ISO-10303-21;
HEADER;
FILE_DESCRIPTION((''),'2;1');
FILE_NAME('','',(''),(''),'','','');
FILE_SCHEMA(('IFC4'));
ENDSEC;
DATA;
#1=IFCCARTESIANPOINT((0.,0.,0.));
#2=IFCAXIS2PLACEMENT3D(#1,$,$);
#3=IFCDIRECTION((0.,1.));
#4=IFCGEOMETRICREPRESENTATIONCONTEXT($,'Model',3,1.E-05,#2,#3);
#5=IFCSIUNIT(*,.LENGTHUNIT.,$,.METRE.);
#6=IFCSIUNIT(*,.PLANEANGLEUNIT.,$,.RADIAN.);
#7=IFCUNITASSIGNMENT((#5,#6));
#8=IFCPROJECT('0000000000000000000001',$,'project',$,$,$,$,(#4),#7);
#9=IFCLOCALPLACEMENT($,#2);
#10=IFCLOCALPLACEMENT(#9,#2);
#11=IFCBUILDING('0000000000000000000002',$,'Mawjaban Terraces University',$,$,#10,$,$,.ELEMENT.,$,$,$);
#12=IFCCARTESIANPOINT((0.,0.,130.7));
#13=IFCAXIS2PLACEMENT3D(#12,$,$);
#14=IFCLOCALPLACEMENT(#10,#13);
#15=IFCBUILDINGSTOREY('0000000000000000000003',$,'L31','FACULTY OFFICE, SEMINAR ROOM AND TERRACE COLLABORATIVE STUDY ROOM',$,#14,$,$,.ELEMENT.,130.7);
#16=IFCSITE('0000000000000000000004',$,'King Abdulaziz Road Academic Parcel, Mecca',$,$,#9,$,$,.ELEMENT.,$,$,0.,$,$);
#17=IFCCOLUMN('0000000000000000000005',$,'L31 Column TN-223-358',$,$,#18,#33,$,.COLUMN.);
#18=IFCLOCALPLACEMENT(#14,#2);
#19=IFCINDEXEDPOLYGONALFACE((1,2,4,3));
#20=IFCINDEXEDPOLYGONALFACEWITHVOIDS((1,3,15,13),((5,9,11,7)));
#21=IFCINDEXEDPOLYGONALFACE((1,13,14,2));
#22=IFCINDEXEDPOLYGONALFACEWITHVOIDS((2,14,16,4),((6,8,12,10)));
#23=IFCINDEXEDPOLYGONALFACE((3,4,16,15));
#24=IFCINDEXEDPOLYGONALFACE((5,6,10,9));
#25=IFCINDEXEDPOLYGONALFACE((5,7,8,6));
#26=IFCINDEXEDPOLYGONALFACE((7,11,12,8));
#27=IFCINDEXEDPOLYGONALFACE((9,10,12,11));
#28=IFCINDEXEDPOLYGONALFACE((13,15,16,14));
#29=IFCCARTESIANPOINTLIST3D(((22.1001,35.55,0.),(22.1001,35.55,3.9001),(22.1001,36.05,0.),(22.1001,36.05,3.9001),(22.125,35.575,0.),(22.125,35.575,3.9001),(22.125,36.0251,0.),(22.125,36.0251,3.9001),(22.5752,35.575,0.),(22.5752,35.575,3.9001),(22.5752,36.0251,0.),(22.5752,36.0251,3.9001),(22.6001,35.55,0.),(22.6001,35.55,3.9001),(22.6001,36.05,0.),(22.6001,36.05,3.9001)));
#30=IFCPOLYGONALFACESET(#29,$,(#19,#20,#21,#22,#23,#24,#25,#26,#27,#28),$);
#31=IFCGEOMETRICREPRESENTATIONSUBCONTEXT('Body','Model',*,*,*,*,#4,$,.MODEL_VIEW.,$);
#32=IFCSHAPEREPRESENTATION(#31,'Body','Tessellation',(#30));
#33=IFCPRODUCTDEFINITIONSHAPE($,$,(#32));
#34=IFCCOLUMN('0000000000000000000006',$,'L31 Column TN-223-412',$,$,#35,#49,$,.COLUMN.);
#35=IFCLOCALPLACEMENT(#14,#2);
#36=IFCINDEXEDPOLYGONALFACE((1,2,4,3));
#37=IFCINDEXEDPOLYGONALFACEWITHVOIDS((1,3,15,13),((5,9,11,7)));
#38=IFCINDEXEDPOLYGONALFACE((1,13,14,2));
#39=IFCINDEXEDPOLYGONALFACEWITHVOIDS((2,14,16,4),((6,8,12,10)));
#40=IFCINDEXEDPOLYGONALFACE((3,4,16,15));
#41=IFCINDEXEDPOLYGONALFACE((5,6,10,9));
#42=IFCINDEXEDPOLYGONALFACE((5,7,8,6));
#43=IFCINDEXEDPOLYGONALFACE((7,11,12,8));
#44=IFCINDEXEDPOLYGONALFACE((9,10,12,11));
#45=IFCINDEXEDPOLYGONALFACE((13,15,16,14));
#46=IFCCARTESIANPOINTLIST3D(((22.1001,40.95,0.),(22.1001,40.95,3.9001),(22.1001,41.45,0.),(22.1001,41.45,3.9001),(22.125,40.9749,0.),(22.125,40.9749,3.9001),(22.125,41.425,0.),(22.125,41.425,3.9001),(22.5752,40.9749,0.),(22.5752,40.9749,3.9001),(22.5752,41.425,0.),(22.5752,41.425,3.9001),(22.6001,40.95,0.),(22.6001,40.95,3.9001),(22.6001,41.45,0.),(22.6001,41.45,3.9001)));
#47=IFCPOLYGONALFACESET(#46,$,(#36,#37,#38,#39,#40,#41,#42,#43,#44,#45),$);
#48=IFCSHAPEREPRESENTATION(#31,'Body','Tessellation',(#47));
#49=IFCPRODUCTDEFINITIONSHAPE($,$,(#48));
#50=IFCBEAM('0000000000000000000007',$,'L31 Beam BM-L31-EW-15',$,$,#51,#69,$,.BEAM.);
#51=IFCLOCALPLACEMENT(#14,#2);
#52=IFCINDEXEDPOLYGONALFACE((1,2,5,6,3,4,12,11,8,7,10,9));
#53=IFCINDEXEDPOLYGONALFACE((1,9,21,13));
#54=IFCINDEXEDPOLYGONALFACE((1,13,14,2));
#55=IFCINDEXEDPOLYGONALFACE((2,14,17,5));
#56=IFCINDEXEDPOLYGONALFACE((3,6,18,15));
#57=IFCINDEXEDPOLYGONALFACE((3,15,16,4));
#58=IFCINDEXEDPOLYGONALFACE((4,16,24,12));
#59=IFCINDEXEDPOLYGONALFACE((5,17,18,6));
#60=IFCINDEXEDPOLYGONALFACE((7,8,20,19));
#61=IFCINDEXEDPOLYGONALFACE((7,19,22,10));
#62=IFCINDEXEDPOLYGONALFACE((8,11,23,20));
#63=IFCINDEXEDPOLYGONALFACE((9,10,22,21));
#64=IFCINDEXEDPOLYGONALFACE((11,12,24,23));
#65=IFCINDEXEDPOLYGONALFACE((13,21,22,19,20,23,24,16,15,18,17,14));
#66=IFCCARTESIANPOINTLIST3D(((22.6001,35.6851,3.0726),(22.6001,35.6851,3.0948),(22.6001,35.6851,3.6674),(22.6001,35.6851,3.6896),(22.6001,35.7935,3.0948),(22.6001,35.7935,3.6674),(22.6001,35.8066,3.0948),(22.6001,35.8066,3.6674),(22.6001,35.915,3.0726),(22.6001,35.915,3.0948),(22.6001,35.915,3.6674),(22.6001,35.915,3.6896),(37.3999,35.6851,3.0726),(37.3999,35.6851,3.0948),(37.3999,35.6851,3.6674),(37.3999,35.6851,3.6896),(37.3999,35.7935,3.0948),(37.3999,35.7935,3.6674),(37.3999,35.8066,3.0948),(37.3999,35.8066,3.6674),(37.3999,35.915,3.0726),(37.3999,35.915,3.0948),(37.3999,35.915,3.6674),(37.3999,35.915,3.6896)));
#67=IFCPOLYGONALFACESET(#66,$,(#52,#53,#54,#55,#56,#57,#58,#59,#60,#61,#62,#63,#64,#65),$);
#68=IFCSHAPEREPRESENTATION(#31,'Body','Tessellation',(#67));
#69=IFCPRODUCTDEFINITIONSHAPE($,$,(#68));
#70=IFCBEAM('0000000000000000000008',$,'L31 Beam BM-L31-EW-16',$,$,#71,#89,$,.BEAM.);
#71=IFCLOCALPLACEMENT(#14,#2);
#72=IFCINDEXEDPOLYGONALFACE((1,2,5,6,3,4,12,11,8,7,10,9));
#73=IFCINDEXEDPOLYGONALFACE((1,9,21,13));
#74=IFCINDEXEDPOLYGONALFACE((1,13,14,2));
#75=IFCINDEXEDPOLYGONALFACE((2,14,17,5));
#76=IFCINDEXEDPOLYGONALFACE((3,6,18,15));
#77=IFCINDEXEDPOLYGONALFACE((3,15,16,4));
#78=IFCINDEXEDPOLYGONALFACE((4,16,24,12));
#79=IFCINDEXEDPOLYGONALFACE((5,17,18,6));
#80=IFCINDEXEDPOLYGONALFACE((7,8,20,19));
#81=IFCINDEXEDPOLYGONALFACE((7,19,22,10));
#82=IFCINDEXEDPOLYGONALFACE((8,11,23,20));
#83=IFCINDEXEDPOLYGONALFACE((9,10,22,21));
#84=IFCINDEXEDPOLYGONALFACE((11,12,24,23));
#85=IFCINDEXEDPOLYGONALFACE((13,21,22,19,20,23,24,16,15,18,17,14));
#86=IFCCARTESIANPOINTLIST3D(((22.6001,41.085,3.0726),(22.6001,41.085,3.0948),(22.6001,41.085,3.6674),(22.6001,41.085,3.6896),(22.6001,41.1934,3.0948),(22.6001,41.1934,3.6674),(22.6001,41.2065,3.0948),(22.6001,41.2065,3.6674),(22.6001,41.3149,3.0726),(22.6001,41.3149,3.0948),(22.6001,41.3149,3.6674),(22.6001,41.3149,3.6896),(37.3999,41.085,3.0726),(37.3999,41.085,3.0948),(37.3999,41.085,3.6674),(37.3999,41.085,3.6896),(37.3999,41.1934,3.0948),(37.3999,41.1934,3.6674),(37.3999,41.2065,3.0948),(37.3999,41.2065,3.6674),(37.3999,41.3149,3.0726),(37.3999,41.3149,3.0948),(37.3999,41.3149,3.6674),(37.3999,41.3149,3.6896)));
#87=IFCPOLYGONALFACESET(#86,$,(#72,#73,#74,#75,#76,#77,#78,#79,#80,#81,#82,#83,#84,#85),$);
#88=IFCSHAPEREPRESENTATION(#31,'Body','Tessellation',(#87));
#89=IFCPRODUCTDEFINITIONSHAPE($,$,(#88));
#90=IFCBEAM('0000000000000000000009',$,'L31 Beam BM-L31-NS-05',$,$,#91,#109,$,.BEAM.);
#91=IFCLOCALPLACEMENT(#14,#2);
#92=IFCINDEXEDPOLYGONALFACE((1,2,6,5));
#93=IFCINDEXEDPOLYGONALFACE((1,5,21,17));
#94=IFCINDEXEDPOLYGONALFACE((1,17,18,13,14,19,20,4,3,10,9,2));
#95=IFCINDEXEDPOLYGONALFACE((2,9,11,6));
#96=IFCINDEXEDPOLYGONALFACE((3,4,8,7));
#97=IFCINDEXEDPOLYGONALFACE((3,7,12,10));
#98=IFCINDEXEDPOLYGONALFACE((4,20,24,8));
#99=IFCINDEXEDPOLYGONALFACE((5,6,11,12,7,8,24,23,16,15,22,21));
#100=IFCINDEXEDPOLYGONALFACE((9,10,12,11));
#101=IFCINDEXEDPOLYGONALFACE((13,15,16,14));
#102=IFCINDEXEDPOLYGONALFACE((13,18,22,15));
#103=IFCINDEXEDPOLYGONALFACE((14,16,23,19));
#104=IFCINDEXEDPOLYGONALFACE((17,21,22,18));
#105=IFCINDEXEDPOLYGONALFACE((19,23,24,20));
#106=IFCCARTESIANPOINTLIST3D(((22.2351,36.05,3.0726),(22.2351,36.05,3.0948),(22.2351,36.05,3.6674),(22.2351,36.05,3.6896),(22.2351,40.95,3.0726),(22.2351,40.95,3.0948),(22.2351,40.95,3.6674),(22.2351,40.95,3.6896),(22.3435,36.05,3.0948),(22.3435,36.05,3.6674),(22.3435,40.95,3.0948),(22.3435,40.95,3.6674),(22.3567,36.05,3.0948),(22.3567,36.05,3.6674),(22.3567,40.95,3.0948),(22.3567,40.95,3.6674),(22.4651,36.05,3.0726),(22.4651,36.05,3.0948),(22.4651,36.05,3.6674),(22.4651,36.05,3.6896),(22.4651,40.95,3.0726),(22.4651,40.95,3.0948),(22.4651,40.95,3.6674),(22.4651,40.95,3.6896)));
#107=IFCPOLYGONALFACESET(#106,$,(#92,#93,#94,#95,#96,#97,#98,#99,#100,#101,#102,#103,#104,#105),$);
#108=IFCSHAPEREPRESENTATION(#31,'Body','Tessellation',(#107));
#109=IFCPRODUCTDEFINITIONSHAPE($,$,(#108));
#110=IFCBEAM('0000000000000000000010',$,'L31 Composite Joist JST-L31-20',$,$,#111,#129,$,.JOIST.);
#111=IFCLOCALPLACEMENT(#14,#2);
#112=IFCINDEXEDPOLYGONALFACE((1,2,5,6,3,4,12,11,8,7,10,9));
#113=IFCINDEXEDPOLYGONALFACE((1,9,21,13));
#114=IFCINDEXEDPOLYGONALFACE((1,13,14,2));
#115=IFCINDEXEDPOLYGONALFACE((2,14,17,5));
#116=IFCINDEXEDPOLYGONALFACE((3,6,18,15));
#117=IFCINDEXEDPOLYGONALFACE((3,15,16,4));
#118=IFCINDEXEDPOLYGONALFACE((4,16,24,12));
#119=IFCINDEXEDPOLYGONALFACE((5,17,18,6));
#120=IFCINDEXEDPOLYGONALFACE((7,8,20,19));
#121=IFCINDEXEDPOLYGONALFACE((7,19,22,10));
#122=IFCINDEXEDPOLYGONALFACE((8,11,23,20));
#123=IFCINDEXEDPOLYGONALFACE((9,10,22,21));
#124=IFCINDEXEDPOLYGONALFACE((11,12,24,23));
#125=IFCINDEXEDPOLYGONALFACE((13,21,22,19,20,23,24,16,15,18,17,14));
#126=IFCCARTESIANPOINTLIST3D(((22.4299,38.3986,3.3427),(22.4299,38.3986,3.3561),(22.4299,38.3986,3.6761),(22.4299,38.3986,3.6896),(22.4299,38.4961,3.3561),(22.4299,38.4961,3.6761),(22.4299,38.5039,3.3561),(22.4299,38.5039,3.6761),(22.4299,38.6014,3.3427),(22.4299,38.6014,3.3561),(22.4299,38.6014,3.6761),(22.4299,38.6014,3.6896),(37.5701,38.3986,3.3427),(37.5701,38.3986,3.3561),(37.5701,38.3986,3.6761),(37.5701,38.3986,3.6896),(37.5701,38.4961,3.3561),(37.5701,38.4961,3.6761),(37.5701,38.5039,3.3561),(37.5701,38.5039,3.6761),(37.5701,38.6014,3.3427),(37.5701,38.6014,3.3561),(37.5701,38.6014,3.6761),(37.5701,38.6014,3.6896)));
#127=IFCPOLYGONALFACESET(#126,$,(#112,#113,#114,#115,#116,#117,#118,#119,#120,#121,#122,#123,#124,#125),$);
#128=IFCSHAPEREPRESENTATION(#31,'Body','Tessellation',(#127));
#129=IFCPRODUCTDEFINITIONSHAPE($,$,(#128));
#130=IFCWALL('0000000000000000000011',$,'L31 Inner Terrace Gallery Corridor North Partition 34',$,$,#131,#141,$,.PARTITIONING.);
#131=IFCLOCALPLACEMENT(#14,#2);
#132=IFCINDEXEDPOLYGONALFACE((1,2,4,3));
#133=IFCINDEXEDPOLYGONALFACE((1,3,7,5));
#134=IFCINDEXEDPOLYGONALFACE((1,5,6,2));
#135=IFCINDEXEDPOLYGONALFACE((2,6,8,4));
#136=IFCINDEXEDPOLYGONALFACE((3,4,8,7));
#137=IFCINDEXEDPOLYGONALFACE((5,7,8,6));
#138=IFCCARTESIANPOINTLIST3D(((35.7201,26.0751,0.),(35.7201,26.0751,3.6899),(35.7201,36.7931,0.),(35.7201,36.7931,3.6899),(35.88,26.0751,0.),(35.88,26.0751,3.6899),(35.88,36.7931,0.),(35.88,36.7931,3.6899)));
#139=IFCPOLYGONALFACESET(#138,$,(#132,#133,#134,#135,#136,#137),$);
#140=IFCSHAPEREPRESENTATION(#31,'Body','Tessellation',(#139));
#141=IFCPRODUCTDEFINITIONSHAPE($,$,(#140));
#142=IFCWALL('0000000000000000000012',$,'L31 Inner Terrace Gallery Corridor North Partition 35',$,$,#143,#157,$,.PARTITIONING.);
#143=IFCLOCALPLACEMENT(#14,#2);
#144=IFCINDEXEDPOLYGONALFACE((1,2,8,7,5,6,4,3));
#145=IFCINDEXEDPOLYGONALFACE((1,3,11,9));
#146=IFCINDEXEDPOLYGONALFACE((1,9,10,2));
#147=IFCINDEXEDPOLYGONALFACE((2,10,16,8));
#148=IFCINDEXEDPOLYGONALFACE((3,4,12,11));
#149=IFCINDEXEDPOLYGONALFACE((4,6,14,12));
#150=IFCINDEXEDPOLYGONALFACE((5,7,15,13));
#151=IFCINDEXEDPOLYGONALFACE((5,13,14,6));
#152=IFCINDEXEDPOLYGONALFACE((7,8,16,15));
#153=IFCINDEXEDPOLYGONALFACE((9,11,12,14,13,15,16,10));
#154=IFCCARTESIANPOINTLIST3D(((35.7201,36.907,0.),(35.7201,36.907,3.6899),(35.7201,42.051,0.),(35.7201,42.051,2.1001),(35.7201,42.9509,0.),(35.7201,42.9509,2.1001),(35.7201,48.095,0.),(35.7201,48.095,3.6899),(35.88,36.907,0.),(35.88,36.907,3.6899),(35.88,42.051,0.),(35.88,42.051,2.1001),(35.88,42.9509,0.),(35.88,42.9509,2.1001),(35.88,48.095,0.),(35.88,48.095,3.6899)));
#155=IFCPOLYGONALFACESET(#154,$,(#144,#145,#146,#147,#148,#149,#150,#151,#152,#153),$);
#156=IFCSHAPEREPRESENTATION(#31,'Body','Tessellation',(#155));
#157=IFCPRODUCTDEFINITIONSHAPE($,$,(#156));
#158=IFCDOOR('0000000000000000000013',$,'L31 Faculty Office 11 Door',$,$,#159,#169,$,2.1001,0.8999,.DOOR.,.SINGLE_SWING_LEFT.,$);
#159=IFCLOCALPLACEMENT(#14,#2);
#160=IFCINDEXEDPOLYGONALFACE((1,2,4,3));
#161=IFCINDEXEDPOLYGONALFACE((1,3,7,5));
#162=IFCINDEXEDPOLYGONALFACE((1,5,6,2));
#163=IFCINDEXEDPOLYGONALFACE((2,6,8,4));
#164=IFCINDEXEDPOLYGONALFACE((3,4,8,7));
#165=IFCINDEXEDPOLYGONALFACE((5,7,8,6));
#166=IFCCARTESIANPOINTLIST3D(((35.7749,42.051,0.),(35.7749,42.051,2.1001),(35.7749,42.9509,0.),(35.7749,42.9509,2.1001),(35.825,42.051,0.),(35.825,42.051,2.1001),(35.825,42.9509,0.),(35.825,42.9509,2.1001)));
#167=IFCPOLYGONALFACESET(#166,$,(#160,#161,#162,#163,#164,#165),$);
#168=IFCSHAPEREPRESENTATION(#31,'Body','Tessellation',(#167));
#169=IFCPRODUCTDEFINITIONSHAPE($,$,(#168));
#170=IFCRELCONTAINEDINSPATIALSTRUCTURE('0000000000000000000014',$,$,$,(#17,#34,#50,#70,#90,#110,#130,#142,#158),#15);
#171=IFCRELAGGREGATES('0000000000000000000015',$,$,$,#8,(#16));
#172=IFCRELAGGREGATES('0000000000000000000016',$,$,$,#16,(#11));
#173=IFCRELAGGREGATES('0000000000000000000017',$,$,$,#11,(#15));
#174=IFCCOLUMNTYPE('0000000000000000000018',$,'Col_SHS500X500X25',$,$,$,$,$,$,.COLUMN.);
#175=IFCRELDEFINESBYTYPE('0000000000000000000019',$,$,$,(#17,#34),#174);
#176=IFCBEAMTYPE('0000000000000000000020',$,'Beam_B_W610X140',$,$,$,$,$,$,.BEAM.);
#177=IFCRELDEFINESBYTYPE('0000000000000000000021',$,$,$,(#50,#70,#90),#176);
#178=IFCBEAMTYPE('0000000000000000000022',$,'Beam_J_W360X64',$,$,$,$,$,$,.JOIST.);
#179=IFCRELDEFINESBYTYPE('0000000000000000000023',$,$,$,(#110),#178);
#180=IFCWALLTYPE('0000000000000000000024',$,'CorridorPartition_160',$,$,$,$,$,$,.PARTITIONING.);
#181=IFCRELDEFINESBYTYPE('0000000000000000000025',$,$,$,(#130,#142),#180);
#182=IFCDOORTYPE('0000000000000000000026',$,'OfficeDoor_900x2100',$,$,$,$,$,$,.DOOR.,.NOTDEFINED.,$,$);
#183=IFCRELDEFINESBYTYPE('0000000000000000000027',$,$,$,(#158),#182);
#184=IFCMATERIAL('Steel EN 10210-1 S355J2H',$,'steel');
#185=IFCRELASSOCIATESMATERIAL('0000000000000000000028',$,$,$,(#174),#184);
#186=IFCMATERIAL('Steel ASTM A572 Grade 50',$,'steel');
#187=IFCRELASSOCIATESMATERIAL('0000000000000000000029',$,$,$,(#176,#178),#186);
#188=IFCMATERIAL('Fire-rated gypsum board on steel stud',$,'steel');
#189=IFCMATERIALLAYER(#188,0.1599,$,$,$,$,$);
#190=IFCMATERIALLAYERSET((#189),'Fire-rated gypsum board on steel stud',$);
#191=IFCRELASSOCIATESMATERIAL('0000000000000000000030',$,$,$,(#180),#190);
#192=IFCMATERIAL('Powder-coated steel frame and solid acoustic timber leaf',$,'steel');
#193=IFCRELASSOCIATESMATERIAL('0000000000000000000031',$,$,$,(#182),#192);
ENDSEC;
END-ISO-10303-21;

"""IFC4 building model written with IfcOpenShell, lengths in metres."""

from ifc_helpers import new_model, si_unit, direction, frame, frame_2d, origin, origin_2d, place, context, subcontext, project, spatial, rectangle, hollow_rectangle, i_section, extrude, material, layer, layer_set, material_profile, profile_set, type_object, element, fill, save


model = new_model("IFC4")

# Units and contexts
model_context = context("Model", 3, precision=1e-05, world=origin(), true_north=direction((0.0, 1.0)))
body_context = subcontext(model_context, "Body", "Model", "MODEL_VIEW")
ifc_project = project(units=[si_unit("LENGTHUNIT", "METRE"), si_unit("PLANEANGLEUNIT", "RADIAN")], contexts=[model_context])

# Site, building, storey
site_placement = place(None, origin())
site = spatial("IfcSite", under=ifc_project, at=site_placement, Name="King Abdulaziz Road Academic Parcel, Mecca", CompositionType="ELEMENT", RefElevation=0.0)
building_placement = place(site_placement, origin())
building = spatial("IfcBuilding", under=site, at=building_placement, Name="Mawjaban Terraces University", CompositionType="ELEMENT")
storey_placement = place(building_placement, frame((0.0, 0.0, 130.7)))
storey = spatial("IfcBuildingStorey", under=building, at=storey_placement, Name="L31", Description="FACULTY OFFICE, SEMINAR ROOM AND TERRACE COLLABORATIVE STUDY ROOM", CompositionType="ELEMENT", Elevation=130.7)

# Columns
ifc_material_1 = material(Name="Steel EN 10210-1 S355J2H", Category="steel")
ifc_material_profile_1 = material_profile(ifc_material_1, hollow_rectangle(XDim=0.5, YDim=0.5, WallThickness=0.0249, at=origin_2d()), Name="SHS500X500X25")
ifc_profile_set_1 = profile_set([ifc_material_profile_1], Name="Steel EN 10210-1 S355J2H")
column_type = type_object("IfcColumnType", Name="Col_SHS500X500X25", PredefinedType="COLUMN", material=ifc_profile_set_1)
for number, where, z_axis, x_axis, name in (
    (1, (22.3501, 35.8, 0.0), (0.0, 0.0, 1.0), (1.0, 0.0, 0.0), "L31 Column TN-223-358"),
    (2, (22.3501, 41.2, 0.0), (0.0, 0.0, 1.0), (1.0, 0.0, 0.0), "L31 Column TN-223-412"),
):
    element("IfcColumn", number, at=place(storey_placement, frame(where, z_axis=z_axis, x_axis=x_axis)), inside=storey, type_object=column_type, Name=name, PredefinedType="COLUMN", context=body_context, shape_type="SweptSolid", body=[
        extrude(hollow_rectangle(XDim=0.5, YDim=0.5, WallThickness=0.0249, at=origin_2d()), origin(), (0.0, 0.0, 1.0), 3.9001),
    ])

# Beams
ifc_material_2 = material(Name="Steel ASTM A572 Grade 50", Category="steel")
ifc_material_profile_2 = material_profile(ifc_material_2, i_section(OverallWidth=0.23, OverallDepth=0.6169, WebThickness=0.0132, FlangeThickness=0.0222, at=origin_2d()), Name="W610X140")
ifc_profile_set_2 = profile_set([ifc_material_profile_2], Name="Steel ASTM A572 Grade 50")
beam_type_1 = type_object("IfcBeamType", Name="Beam_B_W610X140", PredefinedType="BEAM", material=ifc_profile_set_2)
for number, where, z_axis, x_axis, name in (
    (3, (22.6001, 35.8, 3.3811), (1.0, 0.0, 0.0), (0.0, 1.0, 0.0), "L31 Beam BM-L31-EW-15"),
    (4, (22.6001, 41.2, 3.3811), (1.0, 0.0, 0.0), (0.0, 1.0, 0.0), "L31 Beam BM-L31-EW-16"),
):
    element("IfcBeam", number, at=place(storey_placement, frame(where, z_axis=z_axis, x_axis=x_axis)), inside=storey, type_object=beam_type_1, Name=name, PredefinedType="BEAM", context=body_context, shape_type="SweptSolid", body=[
        extrude(i_section(OverallWidth=0.23, OverallDepth=0.6169, WebThickness=0.0132, FlangeThickness=0.0222, at=origin_2d()), origin(), (0.0, 0.0, 1.0), 14.7998),
    ])
beam_1_placement = place(storey_placement, frame((22.3501, 36.05, 3.3811), z_axis=(0.0, 1.0, 0.0), x_axis=(-1.0, 0.0, 0.0)))
element("IfcBeam", 5, at=beam_1_placement, inside=storey, type_object=beam_type_1, Name="L31 Beam BM-L31-NS-05", PredefinedType="BEAM", context=body_context, shape_type="SweptSolid", body=[
    extrude(i_section(OverallWidth=0.23, OverallDepth=0.6169, WebThickness=0.0132, FlangeThickness=0.0222, at=origin_2d()), origin(), (0.0, 0.0, 1.0), 4.8999),
])
ifc_material_profile_3 = material_profile(ifc_material_2, i_section(OverallWidth=0.2029, OverallDepth=0.3469, WebThickness=0.0078, FlangeThickness=0.0134, at=origin_2d()), Name="W360X64")
ifc_profile_set_3 = profile_set([ifc_material_profile_3], Name="Steel ASTM A572 Grade 50")
beam_type_2 = type_object("IfcBeamType", Name="Beam_J_W360X64", PredefinedType="JOIST", material=ifc_profile_set_3)
beam_2_placement = place(storey_placement, frame((22.4299, 38.5, 3.5161), z_axis=(1.0, 0.0, 0.0), x_axis=(0.0, 1.0, 0.0)))
element("IfcBeam", 6, at=beam_2_placement, inside=storey, type_object=beam_type_2, Name="L31 Composite Joist JST-L31-20", PredefinedType="JOIST", context=body_context, shape_type="SweptSolid", body=[
    extrude(i_section(OverallWidth=0.2029, OverallDepth=0.3469, WebThickness=0.0078, FlangeThickness=0.0134, at=origin_2d()), origin(), (0.0, 0.0, 1.0), 15.1401),
])

# Wall
ifc_material_3 = material(Name="Fire-rated gypsum board on steel stud", Category="steel")
ifc_layer_1 = layer(ifc_material_3, 0.1599)
ifc_layer_set_1 = layer_set([ifc_layer_1], Name="Fire-rated gypsum board on steel stud")
wall_type_1 = type_object("IfcWallType", Name="CorridorPartition_160", PredefinedType="PARTITIONING", material=ifc_layer_set_1)
wall_1_placement = place(storey_placement, frame((35.8, 36.793, 0.0), z_axis=(0.0, 0.0, 1.0), x_axis=(0.0, -1.0, 0.0)))
element("IfcWall", 7, at=wall_1_placement, inside=storey, type_object=wall_type_1, Name="L31 Inner Terrace Gallery Corridor North Partition 34", PredefinedType="PARTITIONING", context=body_context, shape_type="SweptSolid", body=[
    extrude(rectangle(XDim=10.718, YDim=0.1599, at=frame_2d((5.3589, 0.0))), origin(), (0.0, 0.0, 1.0), 3.6899),
])

# Wall, opening, door
wall_2_placement = place(storey_placement, frame((35.8, 48.095, 0.0), z_axis=(0.0, 0.0, 1.0), x_axis=(0.0, -1.0, 0.0)))
wall_2 = element("IfcWall", 8, at=wall_2_placement, inside=storey, type_object=wall_type_1, Name="L31 Inner Terrace Gallery Corridor North Partition 35", PredefinedType="PARTITIONING", context=body_context, shape_type="SweptSolid", body=[
    extrude(rectangle(XDim=11.188, YDim=0.1599, at=frame_2d((5.594, 0.0))), origin(), (0.0, 0.0, 1.0), 3.6899),
])
opening_1_placement = place(wall_2_placement, frame((5.144, 0.0, 0.0)))
opening_1 = element("IfcOpeningElement", 9, at=opening_1_placement, cuts=wall_2, PredefinedType="OPENING", context=body_context, shape_type="SweptSolid", body=[
    extrude(rectangle(XDim=0.8999, YDim=2.1001, at=frame_2d((0.45, 1.05))), frame((0.0, 0.0898, 0.0), z_axis=(0.0, -1.0, 0.0), x_axis=(1.0, 0.0, 0.0)), (0.0, 0.0, 1.0), 0.1799),
])
ifc_material_4 = material(Name="Powder-coated steel frame and solid acoustic timber leaf", Category="steel")
door_type_1 = type_object("IfcDoorType", Name="OfficeDoor_900x2100", OperationType="NOTDEFINED", PredefinedType="DOOR", material=ifc_material_4)
door_1_placement = place(opening_1_placement, origin())
door_1 = element("IfcDoor", 10, at=door_1_placement, inside=storey, type_object=door_type_1, Name="L31 Faculty Office 11 Door", OperationType="SINGLE_SWING_LEFT", OverallHeight=2.1001, OverallWidth=0.8999, PredefinedType="DOOR", context=body_context, shape_type="SweptSolid", body=[
    extrude(rectangle(XDim=0.8999, YDim=2.1001, at=frame_2d((0.45, 1.05))), frame((0.0, 0.0249, 0.0), z_axis=(0.0, -1.0, 0.0), x_axis=(1.0, 0.0, 0.0)), (0.0, 0.0, 1.0), 0.05),
])
fill(opening_1, door_1)

save(model, "model.ifc")
